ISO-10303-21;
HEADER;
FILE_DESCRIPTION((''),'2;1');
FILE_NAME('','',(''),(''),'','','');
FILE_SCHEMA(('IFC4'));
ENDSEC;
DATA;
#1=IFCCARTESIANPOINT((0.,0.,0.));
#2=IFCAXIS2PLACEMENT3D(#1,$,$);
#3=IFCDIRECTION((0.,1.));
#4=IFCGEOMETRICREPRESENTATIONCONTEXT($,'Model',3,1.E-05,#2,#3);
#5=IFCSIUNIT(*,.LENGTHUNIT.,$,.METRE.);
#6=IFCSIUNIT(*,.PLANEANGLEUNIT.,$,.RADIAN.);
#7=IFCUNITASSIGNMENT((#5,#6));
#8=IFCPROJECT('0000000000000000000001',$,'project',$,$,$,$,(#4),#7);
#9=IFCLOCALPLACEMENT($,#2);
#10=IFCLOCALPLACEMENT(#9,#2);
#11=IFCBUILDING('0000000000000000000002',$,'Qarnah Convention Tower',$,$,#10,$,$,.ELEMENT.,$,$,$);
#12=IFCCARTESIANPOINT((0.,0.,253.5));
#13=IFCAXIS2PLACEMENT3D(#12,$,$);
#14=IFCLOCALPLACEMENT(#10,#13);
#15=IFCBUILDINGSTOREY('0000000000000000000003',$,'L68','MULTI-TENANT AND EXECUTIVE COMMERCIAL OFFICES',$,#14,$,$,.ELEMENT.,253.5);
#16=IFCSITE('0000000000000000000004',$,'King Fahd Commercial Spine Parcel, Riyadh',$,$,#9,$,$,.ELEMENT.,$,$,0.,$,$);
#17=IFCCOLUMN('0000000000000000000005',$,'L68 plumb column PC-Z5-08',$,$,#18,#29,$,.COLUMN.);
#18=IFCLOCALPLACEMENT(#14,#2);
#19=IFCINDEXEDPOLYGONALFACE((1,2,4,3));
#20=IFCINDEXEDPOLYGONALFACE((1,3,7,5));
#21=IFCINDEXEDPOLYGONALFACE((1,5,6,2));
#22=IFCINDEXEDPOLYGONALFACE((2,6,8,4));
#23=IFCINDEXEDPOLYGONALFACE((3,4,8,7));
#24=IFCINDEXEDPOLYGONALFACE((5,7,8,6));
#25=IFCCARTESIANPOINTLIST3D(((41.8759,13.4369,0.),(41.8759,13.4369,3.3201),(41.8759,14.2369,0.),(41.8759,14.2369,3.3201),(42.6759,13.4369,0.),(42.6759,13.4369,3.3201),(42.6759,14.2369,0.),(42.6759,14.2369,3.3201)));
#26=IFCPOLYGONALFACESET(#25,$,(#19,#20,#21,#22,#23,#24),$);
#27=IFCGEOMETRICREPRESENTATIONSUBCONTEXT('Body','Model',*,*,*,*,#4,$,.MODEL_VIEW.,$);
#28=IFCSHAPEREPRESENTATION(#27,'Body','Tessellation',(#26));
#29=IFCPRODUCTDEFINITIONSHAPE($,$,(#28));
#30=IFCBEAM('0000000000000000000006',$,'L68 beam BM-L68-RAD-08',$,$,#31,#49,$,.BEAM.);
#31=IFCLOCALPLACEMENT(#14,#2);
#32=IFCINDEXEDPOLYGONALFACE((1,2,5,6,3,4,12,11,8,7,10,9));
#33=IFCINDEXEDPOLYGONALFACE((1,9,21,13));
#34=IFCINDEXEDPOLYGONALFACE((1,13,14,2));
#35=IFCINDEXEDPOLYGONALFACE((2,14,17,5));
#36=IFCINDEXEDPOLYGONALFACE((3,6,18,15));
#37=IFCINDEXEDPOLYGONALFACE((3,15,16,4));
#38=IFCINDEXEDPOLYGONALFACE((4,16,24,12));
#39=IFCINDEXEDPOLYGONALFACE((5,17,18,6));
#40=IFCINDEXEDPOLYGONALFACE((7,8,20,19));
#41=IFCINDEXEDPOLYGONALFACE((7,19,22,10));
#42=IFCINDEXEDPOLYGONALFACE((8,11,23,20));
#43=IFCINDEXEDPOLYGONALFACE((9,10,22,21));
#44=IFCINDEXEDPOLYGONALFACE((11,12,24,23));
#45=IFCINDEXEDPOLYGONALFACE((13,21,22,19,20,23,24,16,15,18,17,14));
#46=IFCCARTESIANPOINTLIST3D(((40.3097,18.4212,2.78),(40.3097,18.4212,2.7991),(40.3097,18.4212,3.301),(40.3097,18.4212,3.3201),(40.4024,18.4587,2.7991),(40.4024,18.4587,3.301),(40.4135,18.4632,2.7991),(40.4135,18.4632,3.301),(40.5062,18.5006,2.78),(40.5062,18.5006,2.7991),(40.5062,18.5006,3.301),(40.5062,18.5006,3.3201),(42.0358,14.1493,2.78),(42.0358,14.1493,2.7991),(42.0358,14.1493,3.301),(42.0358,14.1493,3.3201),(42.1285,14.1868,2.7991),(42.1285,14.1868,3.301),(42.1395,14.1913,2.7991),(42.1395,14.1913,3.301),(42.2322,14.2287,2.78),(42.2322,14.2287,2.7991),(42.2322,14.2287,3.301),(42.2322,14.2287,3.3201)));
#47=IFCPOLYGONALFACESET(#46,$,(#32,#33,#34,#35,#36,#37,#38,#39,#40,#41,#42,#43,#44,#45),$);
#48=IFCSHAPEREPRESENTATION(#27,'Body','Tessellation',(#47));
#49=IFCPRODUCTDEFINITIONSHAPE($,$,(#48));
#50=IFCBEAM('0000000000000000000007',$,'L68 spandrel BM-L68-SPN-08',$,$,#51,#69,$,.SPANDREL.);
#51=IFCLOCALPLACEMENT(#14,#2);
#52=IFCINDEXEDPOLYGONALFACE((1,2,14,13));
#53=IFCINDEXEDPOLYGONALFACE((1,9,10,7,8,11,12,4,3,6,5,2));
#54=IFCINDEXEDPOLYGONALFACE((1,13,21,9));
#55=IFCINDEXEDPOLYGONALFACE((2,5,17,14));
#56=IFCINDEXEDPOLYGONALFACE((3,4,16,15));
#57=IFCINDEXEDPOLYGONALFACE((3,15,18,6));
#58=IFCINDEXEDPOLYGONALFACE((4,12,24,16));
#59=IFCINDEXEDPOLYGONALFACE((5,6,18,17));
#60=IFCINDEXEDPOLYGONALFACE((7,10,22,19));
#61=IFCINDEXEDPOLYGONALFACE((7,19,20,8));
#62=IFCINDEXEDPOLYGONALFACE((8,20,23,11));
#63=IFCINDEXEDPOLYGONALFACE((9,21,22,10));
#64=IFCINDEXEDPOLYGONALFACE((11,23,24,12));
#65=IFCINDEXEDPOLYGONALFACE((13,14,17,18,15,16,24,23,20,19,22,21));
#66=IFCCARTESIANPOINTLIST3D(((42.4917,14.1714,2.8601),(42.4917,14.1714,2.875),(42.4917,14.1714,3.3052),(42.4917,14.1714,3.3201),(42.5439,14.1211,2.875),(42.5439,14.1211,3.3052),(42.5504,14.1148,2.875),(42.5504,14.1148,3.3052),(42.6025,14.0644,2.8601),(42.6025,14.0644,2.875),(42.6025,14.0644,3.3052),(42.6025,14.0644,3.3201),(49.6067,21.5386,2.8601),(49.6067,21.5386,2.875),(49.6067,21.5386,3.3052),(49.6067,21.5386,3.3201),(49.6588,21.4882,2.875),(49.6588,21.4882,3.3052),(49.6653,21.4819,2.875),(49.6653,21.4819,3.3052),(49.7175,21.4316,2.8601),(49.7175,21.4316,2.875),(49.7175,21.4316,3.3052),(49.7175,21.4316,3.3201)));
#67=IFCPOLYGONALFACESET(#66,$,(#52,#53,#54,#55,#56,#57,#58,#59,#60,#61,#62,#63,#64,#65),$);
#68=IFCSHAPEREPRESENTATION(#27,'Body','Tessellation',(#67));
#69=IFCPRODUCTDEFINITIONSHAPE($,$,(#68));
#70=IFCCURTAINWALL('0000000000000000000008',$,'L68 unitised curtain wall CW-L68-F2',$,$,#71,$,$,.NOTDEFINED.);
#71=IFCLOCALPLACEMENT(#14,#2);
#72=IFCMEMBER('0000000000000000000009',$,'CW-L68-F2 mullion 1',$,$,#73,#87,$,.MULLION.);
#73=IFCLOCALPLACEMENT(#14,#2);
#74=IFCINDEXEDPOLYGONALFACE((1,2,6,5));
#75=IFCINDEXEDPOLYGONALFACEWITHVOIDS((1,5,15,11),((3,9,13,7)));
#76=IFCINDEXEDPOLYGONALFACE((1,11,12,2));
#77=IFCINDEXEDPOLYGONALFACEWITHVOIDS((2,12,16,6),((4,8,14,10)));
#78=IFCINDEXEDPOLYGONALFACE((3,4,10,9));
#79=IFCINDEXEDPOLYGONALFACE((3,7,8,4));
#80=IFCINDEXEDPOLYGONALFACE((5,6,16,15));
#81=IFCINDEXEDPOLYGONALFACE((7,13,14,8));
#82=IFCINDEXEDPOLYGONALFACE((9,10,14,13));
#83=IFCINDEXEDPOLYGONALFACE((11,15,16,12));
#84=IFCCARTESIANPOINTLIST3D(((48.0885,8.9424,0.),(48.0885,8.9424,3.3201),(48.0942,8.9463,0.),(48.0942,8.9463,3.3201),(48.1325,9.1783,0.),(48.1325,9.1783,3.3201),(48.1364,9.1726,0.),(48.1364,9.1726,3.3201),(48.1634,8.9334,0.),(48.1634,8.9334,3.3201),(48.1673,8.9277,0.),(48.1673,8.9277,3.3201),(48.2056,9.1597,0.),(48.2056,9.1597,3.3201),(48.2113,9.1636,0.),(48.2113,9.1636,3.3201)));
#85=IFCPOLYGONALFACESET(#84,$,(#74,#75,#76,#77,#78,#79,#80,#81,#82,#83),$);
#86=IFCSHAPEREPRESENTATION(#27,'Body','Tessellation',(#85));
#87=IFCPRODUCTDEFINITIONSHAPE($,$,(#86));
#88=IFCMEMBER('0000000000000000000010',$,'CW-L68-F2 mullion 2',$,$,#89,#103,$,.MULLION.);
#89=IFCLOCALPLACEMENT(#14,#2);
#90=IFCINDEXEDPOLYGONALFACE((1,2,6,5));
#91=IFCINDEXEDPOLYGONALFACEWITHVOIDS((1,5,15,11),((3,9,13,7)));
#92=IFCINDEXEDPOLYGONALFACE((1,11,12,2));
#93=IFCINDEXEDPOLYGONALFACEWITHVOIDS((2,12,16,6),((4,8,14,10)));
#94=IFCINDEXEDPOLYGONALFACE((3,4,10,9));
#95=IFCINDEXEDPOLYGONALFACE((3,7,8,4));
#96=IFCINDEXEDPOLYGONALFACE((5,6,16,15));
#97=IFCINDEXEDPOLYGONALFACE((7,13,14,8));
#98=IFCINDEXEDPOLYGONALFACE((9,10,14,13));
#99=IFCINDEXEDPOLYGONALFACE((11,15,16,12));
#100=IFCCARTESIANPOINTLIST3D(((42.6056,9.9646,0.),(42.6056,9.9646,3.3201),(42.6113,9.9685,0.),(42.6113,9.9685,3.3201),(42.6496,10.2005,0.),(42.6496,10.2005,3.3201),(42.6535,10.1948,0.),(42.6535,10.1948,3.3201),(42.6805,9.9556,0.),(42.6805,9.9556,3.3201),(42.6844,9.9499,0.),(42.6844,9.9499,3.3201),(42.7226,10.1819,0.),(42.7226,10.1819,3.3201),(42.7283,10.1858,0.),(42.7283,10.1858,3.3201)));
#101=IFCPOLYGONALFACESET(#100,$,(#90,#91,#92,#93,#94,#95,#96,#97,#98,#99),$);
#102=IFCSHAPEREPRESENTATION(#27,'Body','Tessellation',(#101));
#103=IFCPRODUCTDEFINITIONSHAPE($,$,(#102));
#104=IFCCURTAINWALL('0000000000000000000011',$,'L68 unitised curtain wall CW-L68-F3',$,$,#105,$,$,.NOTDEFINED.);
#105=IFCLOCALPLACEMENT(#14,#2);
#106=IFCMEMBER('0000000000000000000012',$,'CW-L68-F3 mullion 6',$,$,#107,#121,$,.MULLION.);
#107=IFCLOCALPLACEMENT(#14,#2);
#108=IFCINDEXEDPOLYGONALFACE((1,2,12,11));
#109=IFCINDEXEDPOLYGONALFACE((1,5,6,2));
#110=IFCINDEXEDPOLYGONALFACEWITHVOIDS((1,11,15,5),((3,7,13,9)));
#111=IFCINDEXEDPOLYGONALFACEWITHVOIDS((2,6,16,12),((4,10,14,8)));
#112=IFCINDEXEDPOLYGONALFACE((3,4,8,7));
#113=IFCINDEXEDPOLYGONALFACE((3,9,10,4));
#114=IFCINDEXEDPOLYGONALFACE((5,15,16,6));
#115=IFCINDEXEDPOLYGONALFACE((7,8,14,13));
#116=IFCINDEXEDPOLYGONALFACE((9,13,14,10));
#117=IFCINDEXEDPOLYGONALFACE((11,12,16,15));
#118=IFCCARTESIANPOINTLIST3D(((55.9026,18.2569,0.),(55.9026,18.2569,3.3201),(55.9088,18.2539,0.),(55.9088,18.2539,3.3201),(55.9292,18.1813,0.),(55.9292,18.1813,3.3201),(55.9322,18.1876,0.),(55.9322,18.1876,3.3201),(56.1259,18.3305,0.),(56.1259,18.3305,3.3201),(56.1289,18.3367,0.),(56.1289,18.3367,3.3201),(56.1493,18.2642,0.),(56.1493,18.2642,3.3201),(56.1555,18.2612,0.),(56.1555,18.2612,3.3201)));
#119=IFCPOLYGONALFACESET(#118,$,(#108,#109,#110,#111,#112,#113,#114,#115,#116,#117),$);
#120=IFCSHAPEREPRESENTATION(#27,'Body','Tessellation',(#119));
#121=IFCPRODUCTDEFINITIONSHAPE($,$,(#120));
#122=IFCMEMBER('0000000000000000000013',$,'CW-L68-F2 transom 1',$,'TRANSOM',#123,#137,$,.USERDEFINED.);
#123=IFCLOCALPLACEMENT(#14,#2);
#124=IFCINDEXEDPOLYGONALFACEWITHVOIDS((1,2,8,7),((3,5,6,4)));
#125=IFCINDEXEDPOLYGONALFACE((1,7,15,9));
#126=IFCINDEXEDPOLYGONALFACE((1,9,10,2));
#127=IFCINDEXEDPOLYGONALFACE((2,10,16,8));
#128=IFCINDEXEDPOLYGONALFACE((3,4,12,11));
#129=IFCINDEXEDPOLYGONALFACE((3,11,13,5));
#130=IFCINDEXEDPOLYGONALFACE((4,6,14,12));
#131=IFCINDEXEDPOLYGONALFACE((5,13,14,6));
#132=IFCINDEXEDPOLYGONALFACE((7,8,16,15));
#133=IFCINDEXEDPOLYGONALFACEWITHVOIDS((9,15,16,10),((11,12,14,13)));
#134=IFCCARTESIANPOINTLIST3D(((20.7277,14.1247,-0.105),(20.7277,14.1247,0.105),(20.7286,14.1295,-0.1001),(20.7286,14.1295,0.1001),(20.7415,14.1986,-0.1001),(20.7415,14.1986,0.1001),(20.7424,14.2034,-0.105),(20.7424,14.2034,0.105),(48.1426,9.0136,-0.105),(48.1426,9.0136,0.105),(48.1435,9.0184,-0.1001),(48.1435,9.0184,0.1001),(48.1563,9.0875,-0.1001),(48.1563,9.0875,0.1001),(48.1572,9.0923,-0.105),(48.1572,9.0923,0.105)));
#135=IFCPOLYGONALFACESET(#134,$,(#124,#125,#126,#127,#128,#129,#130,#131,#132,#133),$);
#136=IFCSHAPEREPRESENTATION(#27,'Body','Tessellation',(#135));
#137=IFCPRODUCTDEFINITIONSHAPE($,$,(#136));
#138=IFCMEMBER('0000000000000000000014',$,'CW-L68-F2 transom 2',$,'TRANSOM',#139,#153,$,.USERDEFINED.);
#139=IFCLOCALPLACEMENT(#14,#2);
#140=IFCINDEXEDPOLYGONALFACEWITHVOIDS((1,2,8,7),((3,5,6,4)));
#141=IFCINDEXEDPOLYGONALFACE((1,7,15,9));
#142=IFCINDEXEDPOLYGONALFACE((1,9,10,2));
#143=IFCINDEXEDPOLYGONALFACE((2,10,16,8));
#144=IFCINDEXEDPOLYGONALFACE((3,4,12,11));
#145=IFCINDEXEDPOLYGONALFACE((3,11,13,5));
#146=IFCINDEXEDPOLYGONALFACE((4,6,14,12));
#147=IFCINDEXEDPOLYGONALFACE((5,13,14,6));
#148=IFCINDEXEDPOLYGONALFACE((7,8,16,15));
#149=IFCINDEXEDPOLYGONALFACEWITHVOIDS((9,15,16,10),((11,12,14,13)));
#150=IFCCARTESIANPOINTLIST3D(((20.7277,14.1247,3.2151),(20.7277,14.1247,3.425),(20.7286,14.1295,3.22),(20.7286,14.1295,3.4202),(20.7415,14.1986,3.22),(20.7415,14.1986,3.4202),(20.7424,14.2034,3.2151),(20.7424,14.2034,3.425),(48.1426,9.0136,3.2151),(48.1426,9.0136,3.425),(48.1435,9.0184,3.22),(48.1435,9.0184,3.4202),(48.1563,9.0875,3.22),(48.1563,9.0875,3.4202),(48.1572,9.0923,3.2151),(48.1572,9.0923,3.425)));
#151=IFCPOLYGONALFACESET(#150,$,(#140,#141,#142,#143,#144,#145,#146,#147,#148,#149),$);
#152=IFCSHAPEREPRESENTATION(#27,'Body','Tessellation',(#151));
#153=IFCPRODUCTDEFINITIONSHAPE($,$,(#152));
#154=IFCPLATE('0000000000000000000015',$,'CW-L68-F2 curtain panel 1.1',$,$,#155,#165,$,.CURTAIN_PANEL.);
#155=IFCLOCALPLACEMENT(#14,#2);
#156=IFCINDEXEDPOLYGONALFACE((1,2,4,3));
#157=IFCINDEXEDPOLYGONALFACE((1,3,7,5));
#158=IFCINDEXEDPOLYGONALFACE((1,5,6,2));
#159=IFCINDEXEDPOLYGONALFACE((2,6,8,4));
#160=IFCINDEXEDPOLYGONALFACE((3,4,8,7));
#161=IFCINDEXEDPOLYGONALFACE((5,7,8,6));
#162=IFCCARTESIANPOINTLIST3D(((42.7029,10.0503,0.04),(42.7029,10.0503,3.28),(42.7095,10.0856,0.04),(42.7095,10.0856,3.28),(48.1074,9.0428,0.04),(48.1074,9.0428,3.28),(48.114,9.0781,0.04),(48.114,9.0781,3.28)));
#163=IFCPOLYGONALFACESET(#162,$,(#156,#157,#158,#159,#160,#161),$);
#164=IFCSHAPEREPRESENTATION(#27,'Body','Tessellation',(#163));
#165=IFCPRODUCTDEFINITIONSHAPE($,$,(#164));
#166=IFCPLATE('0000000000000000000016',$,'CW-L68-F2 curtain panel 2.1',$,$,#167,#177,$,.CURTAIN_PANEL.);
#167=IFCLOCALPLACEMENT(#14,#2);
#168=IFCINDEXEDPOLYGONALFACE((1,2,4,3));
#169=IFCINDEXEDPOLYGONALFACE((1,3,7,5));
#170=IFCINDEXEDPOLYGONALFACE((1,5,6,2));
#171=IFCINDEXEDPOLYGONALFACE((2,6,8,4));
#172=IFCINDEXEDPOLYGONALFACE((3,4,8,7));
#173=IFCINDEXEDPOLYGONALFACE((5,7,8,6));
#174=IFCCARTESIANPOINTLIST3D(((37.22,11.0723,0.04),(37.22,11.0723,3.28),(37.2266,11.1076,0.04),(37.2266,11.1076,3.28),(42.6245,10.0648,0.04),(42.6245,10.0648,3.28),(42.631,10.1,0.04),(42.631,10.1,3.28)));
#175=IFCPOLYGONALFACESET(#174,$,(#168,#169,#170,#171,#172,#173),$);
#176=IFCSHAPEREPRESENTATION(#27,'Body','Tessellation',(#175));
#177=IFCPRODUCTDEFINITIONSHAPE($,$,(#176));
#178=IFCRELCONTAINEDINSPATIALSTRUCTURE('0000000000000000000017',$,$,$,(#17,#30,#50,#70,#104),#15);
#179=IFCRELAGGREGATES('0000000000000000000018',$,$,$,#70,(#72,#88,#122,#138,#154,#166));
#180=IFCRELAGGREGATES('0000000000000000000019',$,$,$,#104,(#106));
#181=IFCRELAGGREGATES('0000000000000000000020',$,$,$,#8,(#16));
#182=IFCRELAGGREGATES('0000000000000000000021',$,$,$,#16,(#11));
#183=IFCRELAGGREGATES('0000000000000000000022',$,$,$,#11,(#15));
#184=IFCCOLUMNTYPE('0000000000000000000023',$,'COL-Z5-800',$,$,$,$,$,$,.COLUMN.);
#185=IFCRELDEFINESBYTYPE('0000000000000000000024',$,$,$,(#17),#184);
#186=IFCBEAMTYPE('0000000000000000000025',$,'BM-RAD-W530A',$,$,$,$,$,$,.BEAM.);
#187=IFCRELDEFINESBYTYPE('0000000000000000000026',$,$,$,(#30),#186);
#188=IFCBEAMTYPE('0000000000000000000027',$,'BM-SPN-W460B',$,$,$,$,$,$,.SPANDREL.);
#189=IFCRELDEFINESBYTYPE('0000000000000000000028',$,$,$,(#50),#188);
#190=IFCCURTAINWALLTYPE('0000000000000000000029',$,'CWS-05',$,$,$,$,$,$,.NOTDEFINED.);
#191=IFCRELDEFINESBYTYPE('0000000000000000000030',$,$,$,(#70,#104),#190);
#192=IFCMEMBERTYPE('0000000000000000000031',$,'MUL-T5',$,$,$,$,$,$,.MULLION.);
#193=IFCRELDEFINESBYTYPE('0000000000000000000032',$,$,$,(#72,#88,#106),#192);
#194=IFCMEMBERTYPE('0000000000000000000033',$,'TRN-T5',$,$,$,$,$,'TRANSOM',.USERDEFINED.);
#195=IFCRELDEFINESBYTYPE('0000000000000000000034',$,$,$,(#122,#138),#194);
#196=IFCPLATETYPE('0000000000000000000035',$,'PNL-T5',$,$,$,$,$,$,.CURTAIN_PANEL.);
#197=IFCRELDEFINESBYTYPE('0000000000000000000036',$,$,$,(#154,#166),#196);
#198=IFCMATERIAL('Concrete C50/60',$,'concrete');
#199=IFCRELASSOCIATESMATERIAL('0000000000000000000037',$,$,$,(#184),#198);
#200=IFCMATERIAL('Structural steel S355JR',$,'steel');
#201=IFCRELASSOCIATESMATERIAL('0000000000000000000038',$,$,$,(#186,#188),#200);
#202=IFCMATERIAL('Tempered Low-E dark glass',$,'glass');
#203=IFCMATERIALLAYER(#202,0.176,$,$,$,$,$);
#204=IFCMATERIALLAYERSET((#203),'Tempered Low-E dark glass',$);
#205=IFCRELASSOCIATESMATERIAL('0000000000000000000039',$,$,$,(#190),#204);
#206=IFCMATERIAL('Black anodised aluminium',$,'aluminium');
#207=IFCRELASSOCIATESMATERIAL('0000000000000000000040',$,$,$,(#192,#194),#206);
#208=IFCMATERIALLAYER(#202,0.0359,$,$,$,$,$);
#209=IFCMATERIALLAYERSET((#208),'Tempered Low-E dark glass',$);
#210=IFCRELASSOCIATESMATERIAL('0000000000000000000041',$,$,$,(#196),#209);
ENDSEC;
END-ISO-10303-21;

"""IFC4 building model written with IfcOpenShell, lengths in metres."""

from ifc_helpers import new_model, si_unit, direction, frame, origin, origin_2d, place, context, subcontext, project, spatial, rectangle, hollow_rectangle, i_section, extrude, material, layer, layer_set, material_profile, profile_set, type_object, element, aggregate, save


model = new_model("IFC4")

# Units and contexts
model_context = context("Model", 3, precision=1e-05, world=origin(), true_north=direction((0.0, 1.0)))
body_context = subcontext(model_context, "Body", "Model", "MODEL_VIEW")
ifc_project = project(units=[si_unit("LENGTHUNIT", "METRE"), si_unit("PLANEANGLEUNIT", "RADIAN")], contexts=[model_context])

# Site, building, storey
site_placement = place(None, origin())
site = spatial("IfcSite", under=ifc_project, at=site_placement, Name="King Fahd Commercial Spine Parcel, Riyadh", CompositionType="ELEMENT", RefElevation=0.0)
building_placement = place(site_placement, origin())
building = spatial("IfcBuilding", under=site, at=building_placement, Name="Qarnah Convention Tower", CompositionType="ELEMENT")
storey_placement = place(building_placement, frame((0.0, 0.0, 253.5)))
storey = spatial("IfcBuildingStorey", under=building, at=storey_placement, Name="L68", Description="MULTI-TENANT AND EXECUTIVE COMMERCIAL OFFICES", CompositionType="ELEMENT", Elevation=253.5)

# Column
ifc_material_1 = material(Name="Concrete C50/60", Category="concrete")
ifc_material_profile_1 = material_profile(ifc_material_1, rectangle(XDim=0.8, YDim=0.8, at=origin_2d()), Name="RC-COL-800X800")
ifc_profile_set_1 = profile_set([ifc_material_profile_1], Name="Concrete C50/60")
column_type = type_object("IfcColumnType", Name="COL-Z5-800", PredefinedType="COLUMN", material=ifc_profile_set_1)
column_placement = place(storey_placement, frame((42.2759, 13.8369, 0.0), z_axis=(0.0, 0.0, 1.0), x_axis=(1.0, 0.0, 0.0)))
element("IfcColumn", 1, at=column_placement, inside=storey, type_object=column_type, Name="L68 plumb column PC-Z5-08", PredefinedType="COLUMN", context=body_context, shape_type="SweptSolid", body=[
    extrude(rectangle(XDim=0.8, YDim=0.8, at=origin_2d()), origin(), (0.0, 0.0, 1.0), 3.3201),
])

# Beams
ifc_material_2 = material(Name="Structural steel S355JR", Category="steel")
ifc_material_profile_2 = material_profile(ifc_material_2, i_section(OverallWidth=0.2119, OverallDepth=0.54, WebThickness=0.012, FlangeThickness=0.019, at=origin_2d()), Name="W530X109")
ifc_profile_set_2 = profile_set([ifc_material_profile_2], Name="Structural steel S355JR")
beam_type_1 = type_object("IfcBeamType", Name="BM-RAD-W530A", PredefinedType="BEAM", material=ifc_profile_set_2)
beam_1_placement = place(storey_placement, frame((40.408, 18.4609, 3.05), z_axis=(0.374622, -0.927177, 0.0), x_axis=(0.927177, 0.374622, 0.0)))
element("IfcBeam", 2, at=beam_1_placement, inside=storey, type_object=beam_type_1, Name="L68 beam BM-L68-RAD-08", PredefinedType="BEAM", context=body_context, shape_type="SweptSolid", body=[
    extrude(i_section(OverallWidth=0.2119, OverallDepth=0.54, WebThickness=0.012, FlangeThickness=0.019, at=origin_2d()), origin(), (0.0, 0.0, 1.0), 4.6074),
])
ifc_material_profile_3 = material_profile(ifc_material_2, i_section(OverallWidth=0.1541, OverallDepth=0.46, WebThickness=0.009, FlangeThickness=0.0149, at=origin_2d()), Name="W460X68")
ifc_profile_set_3 = profile_set([ifc_material_profile_3], Name="Structural steel S355JR")
beam_type_2 = type_object("IfcBeamType", Name="BM-SPN-W460B", PredefinedType="SPANDREL", material=ifc_profile_set_3)
beam_2_placement = place(storey_placement, frame((42.5471, 14.1179, 3.0901), z_axis=(0.694688, 0.719312, 0.0), x_axis=(-0.719312, 0.694688, 0.0)))
element("IfcBeam", 3, at=beam_2_placement, inside=storey, type_object=beam_type_2, Name="L68 spandrel BM-L68-SPN-08", PredefinedType="SPANDREL", context=body_context, shape_type="SweptSolid", body=[
    extrude(i_section(OverallWidth=0.1541, OverallDepth=0.46, WebThickness=0.009, FlangeThickness=0.0149, at=origin_2d()), origin(), (0.0, 0.0, 1.0), 10.2419),
])

# Curtain wall, members
ifc_material_3 = material(Name="Tempered Low-E dark glass", Category="glass")
ifc_layer_1 = layer(ifc_material_3, 0.176)
ifc_layer_set_1 = layer_set([ifc_layer_1], Name="Tempered Low-E dark glass")
curtain_wall_type = type_object("IfcCurtainWallType", Name="CWS-05", PredefinedType="NOTDEFINED", material=ifc_layer_set_1)
curtain_wall_1_placement = place(storey_placement, origin())
curtain_wall_1 = element("IfcCurtainWall", 4, at=curtain_wall_1_placement, inside=storey, type_object=curtain_wall_type, Name="L68 unitised curtain wall CW-L68-F2", PredefinedType="NOTDEFINED")
ifc_material_4 = material(Name="Black anodised aluminium", Category="aluminium")
ifc_material_profile_4 = material_profile(ifc_material_4, hollow_rectangle(XDim=0.0801, YDim=0.24, WallThickness=0.0049, at=origin_2d()), Name="MUL-80X240")
ifc_profile_set_4 = profile_set([ifc_material_profile_4], Name="Black anodised aluminium")
member_type_1 = type_object("IfcMemberType", Name="MUL-T5", PredefinedType="MULLION", material=ifc_profile_set_4)
member_1_placement = place(storey_placement, frame((48.1499, 9.053, 0.0), z_axis=(0.0, 0.0, 1.0), x_axis=(-0.983062, 0.183273, 0.0)))
member_1 = element("IfcMember", 5, at=member_1_placement, type_object=member_type_1, Name="CW-L68-F2 mullion 1", PredefinedType="MULLION", context=body_context, shape_type="SweptSolid", body=[
    extrude(hollow_rectangle(XDim=0.0801, YDim=0.24, WallThickness=0.0049, at=origin_2d()), origin(), (0.0, 0.0, 1.0), 3.3201),
])
member_2_placement = place(storey_placement, frame((42.667, 10.0752, 0.0), z_axis=(0.0, 0.0, 1.0), x_axis=(-0.983062, 0.183273, 0.0)))
member_2 = element("IfcMember", 6, at=member_2_placement, type_object=member_type_1, Name="CW-L68-F2 mullion 2", PredefinedType="MULLION", context=body_context, shape_type="SweptSolid", body=[
    extrude(hollow_rectangle(XDim=0.0801, YDim=0.24, WallThickness=0.0049, at=origin_2d()), origin(), (0.0, 0.0, 1.0), 3.3201),
])

# Curtain wall, member
curtain_wall_2_placement = place(storey_placement, origin())
curtain_wall_2 = element("IfcCurtainWall", 7, at=curtain_wall_2_placement, inside=storey, type_object=curtain_wall_type, Name="L68 unitised curtain wall CW-L68-F3", PredefinedType="NOTDEFINED")
member_3_placement = place(storey_placement, frame((56.0291, 18.259, 0.0), z_axis=(0.0, 0.0, 1.0), x_axis=(0.332811, -0.942994, 0.0)))
member_3 = element("IfcMember", 8, at=member_3_placement, type_object=member_type_1, Name="CW-L68-F3 mullion 6", PredefinedType="MULLION", context=body_context, shape_type="SweptSolid", body=[
    extrude(hollow_rectangle(XDim=0.0801, YDim=0.24, WallThickness=0.0049, at=origin_2d()), origin(), (0.0, 0.0, 1.0), 3.3201),
])

# Members
ifc_material_profile_5 = material_profile(ifc_material_4, hollow_rectangle(XDim=0.0801, YDim=0.21, WallThickness=0.0049, at=origin_2d()), Name="TRN-80X210")
ifc_profile_set_5 = profile_set([ifc_material_profile_5], Name="Black anodised aluminium")
member_type_2 = type_object("IfcMemberType", Name="TRN-T5", ElementType="TRANSOM", PredefinedType="USERDEFINED", material=ifc_profile_set_5)
member_4_placement = place(storey_placement, frame((48.1499, 9.053, 0.0), z_axis=(-0.983061, 0.183277, 0.0), x_axis=(-0.183277, -0.983061, 0.0)))
member_4 = element("IfcMember", 9, at=member_4_placement, type_object=member_type_2, Name="CW-L68-F2 transom 1", ObjectType="TRANSOM", PredefinedType="USERDEFINED", context=body_context, shape_type="SweptSolid", body=[
    extrude(hollow_rectangle(XDim=0.0801, YDim=0.21, WallThickness=0.0049, at=origin_2d()), origin(), (0.0, 0.0, 1.0), 27.8872),
])
member_5_placement = place(storey_placement, frame((48.1499, 9.053, 3.3201), z_axis=(-0.983061, 0.183277, 0.0), x_axis=(-0.183277, -0.983061, 0.0)))
member_5 = element("IfcMember", 10, at=member_5_placement, type_object=member_type_2, Name="CW-L68-F2 transom 2", ObjectType="TRANSOM", PredefinedType="USERDEFINED", context=body_context, shape_type="SweptSolid", body=[
    extrude(hollow_rectangle(XDim=0.0801, YDim=0.21, WallThickness=0.0049, at=origin_2d()), origin(), (0.0, 0.0, 1.0), 27.8872),
])

# Plates
ifc_layer_2 = layer(ifc_material_3, 0.0359)
ifc_layer_set_2 = layer_set([ifc_layer_2], Name="Tempered Low-E dark glass")
plate_type = type_object("IfcPlateType", Name="PNL-T5", PredefinedType="CURTAIN_PANEL", material=ifc_layer_set_2)
plate_1_placement = place(storey_placement, frame((45.4084, 9.5642, 0.04), z_axis=(0.0, 0.0, 1.0), x_axis=(-0.983062, 0.183273, 0.0)))
plate_1 = element("IfcPlate", 11, at=plate_1_placement, type_object=plate_type, Name="CW-L68-F2 curtain panel 1.1", PredefinedType="CURTAIN_PANEL", context=body_context, shape_type="SweptSolid", body=[
    extrude(rectangle(XDim=5.4976, YDim=0.0359, at=origin_2d()), origin(), (0.0, 0.0, 1.0), 3.24),
])
plate_2_placement = place(storey_placement, frame((39.9255, 10.5862, 0.04), z_axis=(0.0, 0.0, 1.0), x_axis=(-0.983062, 0.183273, 0.0)))
plate_2 = element("IfcPlate", 12, at=plate_2_placement, type_object=plate_type, Name="CW-L68-F2 curtain panel 2.1", PredefinedType="CURTAIN_PANEL", context=body_context, shape_type="SweptSolid", body=[
    extrude(rectangle(XDim=5.4976, YDim=0.0359, at=origin_2d()), origin(), (0.0, 0.0, 1.0), 3.24),
])
aggregate(curtain_wall_1, [member_1, member_2, member_4, member_5, plate_1, plate_2])
aggregate(curtain_wall_2, [member_3])

save(model, "model.ifc")
